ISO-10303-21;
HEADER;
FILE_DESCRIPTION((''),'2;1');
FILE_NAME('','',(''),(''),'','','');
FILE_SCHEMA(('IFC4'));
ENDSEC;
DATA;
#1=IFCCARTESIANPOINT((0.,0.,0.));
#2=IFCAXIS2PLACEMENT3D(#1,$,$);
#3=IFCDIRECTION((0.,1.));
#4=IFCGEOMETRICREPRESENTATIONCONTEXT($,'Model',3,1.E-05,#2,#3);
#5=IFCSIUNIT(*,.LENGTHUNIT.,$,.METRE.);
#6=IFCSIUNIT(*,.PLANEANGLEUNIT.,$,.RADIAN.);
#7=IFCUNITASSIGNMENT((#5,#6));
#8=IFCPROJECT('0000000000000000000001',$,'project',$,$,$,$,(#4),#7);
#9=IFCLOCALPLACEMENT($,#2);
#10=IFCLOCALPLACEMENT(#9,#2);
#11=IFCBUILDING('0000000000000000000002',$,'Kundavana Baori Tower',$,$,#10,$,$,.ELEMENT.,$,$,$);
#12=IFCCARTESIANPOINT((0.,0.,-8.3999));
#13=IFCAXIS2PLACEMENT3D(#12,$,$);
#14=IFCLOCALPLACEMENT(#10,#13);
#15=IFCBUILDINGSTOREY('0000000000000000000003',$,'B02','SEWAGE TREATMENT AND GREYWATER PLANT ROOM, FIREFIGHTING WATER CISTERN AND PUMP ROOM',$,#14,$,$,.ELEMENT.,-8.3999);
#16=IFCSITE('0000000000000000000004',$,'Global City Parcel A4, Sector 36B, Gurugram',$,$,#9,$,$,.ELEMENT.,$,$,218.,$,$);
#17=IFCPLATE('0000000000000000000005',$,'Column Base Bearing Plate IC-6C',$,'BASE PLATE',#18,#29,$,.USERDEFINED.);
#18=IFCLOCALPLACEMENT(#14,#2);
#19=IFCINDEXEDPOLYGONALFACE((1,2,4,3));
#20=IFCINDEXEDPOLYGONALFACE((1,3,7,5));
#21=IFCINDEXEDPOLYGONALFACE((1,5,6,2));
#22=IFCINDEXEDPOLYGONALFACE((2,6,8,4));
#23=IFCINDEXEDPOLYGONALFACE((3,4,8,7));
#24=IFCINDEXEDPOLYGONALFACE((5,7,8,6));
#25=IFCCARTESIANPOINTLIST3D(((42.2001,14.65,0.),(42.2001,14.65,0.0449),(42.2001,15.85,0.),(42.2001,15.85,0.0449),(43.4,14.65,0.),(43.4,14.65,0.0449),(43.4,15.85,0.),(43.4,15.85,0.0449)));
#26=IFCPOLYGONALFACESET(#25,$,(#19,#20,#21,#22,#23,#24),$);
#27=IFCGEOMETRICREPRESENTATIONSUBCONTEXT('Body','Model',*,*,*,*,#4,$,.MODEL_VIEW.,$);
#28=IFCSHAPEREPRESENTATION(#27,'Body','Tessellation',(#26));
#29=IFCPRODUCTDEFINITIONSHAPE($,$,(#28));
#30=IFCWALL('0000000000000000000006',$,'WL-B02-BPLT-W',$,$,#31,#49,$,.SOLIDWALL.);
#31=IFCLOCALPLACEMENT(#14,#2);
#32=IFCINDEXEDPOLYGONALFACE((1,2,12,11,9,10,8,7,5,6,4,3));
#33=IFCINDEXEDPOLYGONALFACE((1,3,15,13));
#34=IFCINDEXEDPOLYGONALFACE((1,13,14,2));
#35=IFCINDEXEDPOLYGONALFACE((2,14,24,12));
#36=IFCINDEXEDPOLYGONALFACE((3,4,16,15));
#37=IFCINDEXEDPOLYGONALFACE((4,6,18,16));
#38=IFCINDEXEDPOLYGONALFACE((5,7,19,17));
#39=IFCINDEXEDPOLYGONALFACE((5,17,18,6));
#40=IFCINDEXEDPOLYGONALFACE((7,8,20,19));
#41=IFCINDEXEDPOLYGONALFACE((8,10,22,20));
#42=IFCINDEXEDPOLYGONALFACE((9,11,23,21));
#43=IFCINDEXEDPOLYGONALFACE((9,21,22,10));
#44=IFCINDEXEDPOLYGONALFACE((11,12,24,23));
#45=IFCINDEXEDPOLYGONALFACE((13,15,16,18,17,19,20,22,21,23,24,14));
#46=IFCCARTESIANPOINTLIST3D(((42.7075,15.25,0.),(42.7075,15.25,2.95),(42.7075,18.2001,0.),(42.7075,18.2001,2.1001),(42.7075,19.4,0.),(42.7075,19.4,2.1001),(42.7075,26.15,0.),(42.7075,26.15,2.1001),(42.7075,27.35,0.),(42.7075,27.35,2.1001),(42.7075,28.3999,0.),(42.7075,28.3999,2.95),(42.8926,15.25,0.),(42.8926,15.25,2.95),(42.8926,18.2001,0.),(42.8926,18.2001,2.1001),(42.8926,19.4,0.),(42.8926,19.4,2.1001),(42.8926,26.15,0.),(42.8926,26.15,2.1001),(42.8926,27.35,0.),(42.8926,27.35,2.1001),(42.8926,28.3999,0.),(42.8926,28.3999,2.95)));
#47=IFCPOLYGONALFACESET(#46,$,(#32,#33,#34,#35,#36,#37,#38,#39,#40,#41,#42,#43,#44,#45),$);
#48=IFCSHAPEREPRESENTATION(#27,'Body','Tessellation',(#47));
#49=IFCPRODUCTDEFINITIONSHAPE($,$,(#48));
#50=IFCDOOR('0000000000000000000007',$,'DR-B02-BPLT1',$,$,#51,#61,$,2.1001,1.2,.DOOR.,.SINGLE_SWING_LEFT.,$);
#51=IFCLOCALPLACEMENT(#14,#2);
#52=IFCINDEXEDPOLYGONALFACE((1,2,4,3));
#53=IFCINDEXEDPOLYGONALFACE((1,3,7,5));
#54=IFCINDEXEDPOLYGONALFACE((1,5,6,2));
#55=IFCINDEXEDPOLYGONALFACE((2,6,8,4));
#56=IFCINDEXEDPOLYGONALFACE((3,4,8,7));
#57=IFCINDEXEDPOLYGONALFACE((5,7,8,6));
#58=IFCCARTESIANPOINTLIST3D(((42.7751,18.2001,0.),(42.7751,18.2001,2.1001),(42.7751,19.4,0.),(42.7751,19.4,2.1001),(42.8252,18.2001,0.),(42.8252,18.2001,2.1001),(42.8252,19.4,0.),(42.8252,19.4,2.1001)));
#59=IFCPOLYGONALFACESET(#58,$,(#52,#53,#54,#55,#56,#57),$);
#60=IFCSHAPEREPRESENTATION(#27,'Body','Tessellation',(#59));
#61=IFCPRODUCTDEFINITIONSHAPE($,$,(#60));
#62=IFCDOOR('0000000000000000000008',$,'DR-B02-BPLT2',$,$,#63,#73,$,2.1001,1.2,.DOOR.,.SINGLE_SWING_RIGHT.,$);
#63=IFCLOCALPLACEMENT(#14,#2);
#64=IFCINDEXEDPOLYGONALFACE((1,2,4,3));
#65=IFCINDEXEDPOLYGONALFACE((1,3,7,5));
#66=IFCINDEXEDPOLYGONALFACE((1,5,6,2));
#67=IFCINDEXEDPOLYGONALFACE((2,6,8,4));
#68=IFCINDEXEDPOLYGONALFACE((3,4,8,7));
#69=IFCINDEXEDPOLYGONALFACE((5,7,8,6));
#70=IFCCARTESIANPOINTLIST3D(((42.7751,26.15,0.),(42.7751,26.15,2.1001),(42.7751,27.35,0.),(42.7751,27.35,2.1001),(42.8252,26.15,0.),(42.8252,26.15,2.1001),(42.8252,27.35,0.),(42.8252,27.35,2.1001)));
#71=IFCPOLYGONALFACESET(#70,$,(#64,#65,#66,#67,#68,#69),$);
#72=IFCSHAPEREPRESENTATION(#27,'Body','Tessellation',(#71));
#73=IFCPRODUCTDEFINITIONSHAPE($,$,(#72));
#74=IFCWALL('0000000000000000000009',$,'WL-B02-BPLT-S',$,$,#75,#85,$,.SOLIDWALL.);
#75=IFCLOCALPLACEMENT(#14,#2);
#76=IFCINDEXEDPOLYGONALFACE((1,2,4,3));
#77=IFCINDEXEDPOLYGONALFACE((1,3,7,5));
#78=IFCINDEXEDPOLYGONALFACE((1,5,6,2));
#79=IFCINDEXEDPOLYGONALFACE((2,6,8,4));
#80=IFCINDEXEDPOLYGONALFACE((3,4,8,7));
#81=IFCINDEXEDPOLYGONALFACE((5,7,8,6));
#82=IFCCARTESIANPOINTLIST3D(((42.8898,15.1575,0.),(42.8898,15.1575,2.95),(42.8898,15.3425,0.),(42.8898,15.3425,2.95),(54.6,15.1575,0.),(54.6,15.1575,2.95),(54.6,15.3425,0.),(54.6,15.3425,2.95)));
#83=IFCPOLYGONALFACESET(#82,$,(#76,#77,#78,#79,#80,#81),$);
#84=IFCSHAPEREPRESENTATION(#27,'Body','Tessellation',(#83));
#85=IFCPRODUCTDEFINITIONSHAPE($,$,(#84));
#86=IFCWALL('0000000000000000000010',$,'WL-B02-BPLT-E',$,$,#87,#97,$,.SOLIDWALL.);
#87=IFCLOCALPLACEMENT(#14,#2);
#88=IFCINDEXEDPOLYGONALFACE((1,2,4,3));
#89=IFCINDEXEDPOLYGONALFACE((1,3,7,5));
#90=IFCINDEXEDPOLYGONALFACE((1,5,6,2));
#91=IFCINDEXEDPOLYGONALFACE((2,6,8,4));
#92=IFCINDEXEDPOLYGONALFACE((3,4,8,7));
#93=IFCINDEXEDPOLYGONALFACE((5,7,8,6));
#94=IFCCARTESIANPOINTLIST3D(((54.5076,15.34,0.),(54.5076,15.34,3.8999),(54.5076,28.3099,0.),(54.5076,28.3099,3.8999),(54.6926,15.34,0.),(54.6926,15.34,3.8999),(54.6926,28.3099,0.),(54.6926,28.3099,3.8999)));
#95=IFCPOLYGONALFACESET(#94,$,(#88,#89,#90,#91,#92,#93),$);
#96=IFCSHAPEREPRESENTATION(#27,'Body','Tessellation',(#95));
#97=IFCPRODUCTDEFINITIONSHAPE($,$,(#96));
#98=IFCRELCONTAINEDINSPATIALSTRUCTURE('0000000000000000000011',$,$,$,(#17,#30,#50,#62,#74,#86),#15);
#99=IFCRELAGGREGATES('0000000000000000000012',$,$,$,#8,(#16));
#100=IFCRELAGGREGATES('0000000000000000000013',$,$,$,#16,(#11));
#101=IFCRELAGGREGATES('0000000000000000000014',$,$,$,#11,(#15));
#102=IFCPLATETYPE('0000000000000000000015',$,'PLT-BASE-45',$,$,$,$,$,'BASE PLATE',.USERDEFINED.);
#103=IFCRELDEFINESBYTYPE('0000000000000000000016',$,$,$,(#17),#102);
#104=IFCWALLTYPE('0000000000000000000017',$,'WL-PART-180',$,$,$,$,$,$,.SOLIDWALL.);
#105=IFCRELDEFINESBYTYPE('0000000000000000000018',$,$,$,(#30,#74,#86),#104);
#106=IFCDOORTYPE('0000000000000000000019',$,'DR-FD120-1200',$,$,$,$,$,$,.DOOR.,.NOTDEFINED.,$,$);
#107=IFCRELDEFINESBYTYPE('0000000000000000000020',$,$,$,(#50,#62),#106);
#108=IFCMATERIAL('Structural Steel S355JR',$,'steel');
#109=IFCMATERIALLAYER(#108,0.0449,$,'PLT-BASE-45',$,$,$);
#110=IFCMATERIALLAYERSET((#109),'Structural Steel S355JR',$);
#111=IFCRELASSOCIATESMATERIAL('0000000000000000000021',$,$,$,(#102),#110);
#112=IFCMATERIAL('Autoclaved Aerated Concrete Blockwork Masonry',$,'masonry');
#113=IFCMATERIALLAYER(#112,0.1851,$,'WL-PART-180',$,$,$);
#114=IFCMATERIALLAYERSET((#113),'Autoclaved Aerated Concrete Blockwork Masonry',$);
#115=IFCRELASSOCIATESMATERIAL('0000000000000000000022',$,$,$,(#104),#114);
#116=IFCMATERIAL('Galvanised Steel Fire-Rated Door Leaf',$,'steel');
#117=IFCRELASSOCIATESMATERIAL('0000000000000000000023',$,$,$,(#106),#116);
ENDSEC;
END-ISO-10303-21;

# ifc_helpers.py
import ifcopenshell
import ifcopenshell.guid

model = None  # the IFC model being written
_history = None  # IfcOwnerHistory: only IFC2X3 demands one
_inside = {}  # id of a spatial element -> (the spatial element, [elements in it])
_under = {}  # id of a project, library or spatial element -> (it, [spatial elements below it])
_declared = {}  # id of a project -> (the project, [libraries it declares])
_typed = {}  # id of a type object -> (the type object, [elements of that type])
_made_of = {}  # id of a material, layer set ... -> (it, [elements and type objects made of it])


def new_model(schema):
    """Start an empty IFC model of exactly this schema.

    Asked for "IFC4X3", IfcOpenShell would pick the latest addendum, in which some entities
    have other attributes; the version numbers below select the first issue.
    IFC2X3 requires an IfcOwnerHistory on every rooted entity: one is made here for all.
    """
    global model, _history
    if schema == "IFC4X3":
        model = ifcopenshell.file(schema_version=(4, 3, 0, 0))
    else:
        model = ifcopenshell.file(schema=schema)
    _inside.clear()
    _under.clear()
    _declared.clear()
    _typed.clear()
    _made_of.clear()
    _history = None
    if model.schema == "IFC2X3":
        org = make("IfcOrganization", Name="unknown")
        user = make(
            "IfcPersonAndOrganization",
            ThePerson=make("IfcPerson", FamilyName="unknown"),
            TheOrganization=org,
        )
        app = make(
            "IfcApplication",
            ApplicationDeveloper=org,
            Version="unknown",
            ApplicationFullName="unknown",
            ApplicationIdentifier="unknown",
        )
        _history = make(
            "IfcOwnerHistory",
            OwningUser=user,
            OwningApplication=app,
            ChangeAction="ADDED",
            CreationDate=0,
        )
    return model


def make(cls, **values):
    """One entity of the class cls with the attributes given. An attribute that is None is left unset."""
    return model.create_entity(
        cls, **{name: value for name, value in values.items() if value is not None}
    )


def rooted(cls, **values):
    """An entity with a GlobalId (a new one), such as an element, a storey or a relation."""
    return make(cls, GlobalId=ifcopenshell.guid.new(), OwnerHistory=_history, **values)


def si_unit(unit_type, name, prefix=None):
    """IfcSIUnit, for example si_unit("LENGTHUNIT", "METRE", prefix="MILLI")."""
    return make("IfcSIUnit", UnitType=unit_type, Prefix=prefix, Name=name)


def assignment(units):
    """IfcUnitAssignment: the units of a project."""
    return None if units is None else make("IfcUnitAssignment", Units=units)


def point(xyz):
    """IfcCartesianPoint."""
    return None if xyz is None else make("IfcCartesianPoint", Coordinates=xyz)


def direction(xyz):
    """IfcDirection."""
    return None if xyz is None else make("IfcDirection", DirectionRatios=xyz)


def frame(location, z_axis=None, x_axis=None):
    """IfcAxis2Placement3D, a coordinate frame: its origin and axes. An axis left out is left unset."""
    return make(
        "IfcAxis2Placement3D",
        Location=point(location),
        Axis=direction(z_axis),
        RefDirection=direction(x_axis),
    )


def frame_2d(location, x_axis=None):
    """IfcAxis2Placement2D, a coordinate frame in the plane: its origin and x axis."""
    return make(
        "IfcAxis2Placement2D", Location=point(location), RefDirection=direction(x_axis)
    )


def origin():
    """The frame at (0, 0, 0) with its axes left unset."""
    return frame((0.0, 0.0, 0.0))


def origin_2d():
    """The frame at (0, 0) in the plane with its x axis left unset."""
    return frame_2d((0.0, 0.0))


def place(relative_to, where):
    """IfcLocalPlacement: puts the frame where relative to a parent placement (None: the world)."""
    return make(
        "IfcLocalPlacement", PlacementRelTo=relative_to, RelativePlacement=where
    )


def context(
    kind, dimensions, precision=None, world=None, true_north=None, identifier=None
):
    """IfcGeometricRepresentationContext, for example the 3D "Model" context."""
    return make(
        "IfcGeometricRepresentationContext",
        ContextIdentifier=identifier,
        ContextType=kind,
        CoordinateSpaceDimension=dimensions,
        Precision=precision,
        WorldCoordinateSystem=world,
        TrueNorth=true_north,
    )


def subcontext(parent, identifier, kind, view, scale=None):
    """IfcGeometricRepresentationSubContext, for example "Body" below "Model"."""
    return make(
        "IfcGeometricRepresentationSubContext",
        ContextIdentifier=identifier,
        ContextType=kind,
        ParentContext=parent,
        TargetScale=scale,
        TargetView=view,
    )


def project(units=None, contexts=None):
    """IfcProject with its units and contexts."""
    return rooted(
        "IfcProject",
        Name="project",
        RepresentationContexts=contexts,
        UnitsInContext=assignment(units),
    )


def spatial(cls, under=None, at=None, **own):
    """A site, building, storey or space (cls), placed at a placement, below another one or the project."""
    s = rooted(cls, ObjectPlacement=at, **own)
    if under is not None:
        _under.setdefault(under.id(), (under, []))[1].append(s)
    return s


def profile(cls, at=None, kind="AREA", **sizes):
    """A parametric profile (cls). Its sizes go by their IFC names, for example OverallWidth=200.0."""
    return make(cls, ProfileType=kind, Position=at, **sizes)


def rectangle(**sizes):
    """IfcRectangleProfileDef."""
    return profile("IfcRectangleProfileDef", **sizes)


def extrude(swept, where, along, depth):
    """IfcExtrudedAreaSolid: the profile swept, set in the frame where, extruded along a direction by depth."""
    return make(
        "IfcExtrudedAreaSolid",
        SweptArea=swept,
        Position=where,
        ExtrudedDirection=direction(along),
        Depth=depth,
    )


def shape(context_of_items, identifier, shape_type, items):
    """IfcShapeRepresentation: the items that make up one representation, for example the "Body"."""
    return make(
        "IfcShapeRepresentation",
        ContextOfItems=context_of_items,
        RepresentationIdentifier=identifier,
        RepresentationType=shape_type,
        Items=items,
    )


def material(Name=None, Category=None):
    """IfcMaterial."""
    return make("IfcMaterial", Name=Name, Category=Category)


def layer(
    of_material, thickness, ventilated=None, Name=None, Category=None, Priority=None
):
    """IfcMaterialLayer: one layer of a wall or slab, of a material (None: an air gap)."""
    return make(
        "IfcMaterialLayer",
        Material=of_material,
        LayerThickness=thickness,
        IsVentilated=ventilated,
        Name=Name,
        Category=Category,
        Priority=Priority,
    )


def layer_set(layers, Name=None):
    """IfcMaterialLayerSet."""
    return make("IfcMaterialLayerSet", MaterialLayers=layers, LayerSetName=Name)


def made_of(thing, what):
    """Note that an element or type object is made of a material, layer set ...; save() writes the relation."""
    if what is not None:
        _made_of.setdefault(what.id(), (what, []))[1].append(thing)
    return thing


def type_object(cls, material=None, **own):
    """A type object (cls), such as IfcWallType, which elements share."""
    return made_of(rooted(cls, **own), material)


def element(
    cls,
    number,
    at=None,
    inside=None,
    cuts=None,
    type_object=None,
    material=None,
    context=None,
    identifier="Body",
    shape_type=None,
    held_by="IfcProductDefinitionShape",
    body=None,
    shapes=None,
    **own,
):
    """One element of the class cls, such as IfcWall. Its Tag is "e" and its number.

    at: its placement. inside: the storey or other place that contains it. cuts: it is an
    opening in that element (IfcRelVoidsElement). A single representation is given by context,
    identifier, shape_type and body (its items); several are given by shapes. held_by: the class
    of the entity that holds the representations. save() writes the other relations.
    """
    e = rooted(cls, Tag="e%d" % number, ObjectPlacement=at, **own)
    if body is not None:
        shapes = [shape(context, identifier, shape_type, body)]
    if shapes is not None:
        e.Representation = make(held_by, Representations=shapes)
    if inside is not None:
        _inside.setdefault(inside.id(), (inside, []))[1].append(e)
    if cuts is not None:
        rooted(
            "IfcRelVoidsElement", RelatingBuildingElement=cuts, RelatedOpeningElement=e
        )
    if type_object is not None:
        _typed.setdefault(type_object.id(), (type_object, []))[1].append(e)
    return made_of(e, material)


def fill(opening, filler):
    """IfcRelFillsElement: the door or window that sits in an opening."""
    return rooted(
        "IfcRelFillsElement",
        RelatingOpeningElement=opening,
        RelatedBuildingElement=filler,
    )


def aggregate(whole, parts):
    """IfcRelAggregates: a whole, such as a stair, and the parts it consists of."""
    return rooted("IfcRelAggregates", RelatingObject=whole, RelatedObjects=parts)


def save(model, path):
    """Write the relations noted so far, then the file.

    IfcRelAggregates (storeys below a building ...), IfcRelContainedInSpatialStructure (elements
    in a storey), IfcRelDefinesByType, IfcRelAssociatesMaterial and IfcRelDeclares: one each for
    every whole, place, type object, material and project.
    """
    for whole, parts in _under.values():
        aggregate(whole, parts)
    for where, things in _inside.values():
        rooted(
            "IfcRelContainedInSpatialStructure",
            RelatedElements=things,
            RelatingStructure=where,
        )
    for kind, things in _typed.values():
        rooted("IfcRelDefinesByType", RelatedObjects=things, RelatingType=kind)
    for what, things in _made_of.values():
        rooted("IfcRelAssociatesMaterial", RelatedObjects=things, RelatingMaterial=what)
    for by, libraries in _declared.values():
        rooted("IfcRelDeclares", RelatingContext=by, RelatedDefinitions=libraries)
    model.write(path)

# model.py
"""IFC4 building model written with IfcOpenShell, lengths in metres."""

from ifc_helpers import new_model, si_unit, direction, frame, frame_2d, origin, origin_2d, place, context, subcontext, project, spatial, rectangle, extrude, material, layer, layer_set, type_object, element, fill, save


model = new_model("IFC4")

# Units and contexts
model_context = context("Model", 3, precision=1e-05, world=origin(), true_north=direction((0.0, 1.0)))
body_context = subcontext(model_context, "Body", "Model", "MODEL_VIEW")
ifc_project = project(units=[si_unit("LENGTHUNIT", "METRE"), si_unit("PLANEANGLEUNIT", "RADIAN")], contexts=[model_context])

# Site, building, storey
site_placement = place(None, origin())
site = spatial("IfcSite", under=ifc_project, at=site_placement, Name="Global City Parcel A4, Sector 36B, Gurugram", CompositionType="ELEMENT", RefElevation=218.0)
building_placement = place(site_placement, origin())
building = spatial("IfcBuilding", under=site, at=building_placement, Name="Kundavana Baori Tower", CompositionType="ELEMENT")
storey_placement = place(building_placement, frame((0.0, 0.0, -8.3999)))
storey = spatial("IfcBuildingStorey", under=building, at=storey_placement, Name="B02", Description="SEWAGE TREATMENT AND GREYWATER PLANT ROOM, FIREFIGHTING WATER CISTERN AND PUMP ROOM", CompositionType="ELEMENT", Elevation=-8.3999)

# Plate
ifc_material_1 = material(Name="Structural Steel S355JR", Category="steel")
ifc_layer_1 = layer(ifc_material_1, 0.0449, Name="PLT-BASE-45")
ifc_layer_set_1 = layer_set([ifc_layer_1], Name="Structural Steel S355JR")
plate_type = type_object("IfcPlateType", Name="PLT-BASE-45", ElementType="BASE PLATE", PredefinedType="USERDEFINED", material=ifc_layer_set_1)
plate_placement = place(storey_placement, frame((42.8, 15.25, 0.0), z_axis=(0.0, 0.0, 1.0), x_axis=(1.0, 0.0, 0.0)))
element("IfcPlate", 1, at=plate_placement, inside=storey, type_object=plate_type, Name="Column Base Bearing Plate IC-6C", ObjectType="BASE PLATE", PredefinedType="USERDEFINED", context=body_context, shape_type="SweptSolid", body=[
    extrude(rectangle(XDim=1.2, YDim=1.2, at=origin_2d()), origin(), (0.0, 0.0, 1.0), 0.0449),
])

# Wall, openings, doors
ifc_material_2 = material(Name="Autoclaved Aerated Concrete Blockwork Masonry", Category="masonry")
ifc_layer_2 = layer(ifc_material_2, 0.1851, Name="WL-PART-180")
ifc_layer_set_2 = layer_set([ifc_layer_2], Name="Autoclaved Aerated Concrete Blockwork Masonry")
wall_type = type_object("IfcWallType", Name="WL-PART-180", PredefinedType="SOLIDWALL", material=ifc_layer_set_2)
wall_1_placement = place(storey_placement, frame((42.8, 15.25, 0.0), z_axis=(0.0, 0.0, 1.0), x_axis=(0.0, 1.0, 0.0)))
wall_1 = element("IfcWall", 2, at=wall_1_placement, inside=storey, type_object=wall_type, Name="WL-B02-BPLT-W", PredefinedType="SOLIDWALL", context=body_context, shape_type="SweptSolid", body=[
    extrude(rectangle(XDim=13.1499, YDim=0.1851, at=frame_2d((6.575, 0.0))), origin(), (0.0, 0.0, 1.0), 2.95),
])
opening_1_placement = place(wall_1_placement, frame((2.95, 0.0, 0.0)))
opening_1 = element("IfcOpeningElement", 3, at=opening_1_placement, cuts=wall_1, PredefinedType="OPENING", context=body_context, shape_type="SweptSolid", body=[
    extrude(rectangle(XDim=1.2, YDim=2.1001, at=frame_2d((0.6001, 1.05))), frame((0.0, 0.1025, 0.0), z_axis=(0.0, -1.0, 0.0), x_axis=(1.0, 0.0, 0.0)), (0.0, 0.0, 1.0), 0.2051),
])
opening_2_placement = place(wall_1_placement, frame((10.8999, 0.0, 0.0)))
opening_2 = element("IfcOpeningElement", 4, at=opening_2_placement, cuts=wall_1, PredefinedType="OPENING", context=body_context, shape_type="SweptSolid", body=[
    extrude(rectangle(XDim=1.2, YDim=2.1001, at=frame_2d((0.6001, 1.05))), frame((0.0, 0.1025, 0.0), z_axis=(0.0, -1.0, 0.0), x_axis=(1.0, 0.0, 0.0)), (0.0, 0.0, 1.0), 0.2051),
])
ifc_material_3 = material(Name="Galvanised Steel Fire-Rated Door Leaf", Category="steel")
door_type = type_object("IfcDoorType", Name="DR-FD120-1200", OperationType="NOTDEFINED", PredefinedType="DOOR", material=ifc_material_3)
door_1_placement = place(opening_1_placement, origin())
door_1 = element("IfcDoor", 5, at=door_1_placement, inside=storey, type_object=door_type, Name="DR-B02-BPLT1", OperationType="SINGLE_SWING_LEFT", OverallHeight=2.1001, OverallWidth=1.2, PredefinedType="DOOR", context=body_context, shape_type="SweptSolid", body=[
    extrude(rectangle(XDim=1.2, YDim=2.1001, at=frame_2d((0.6001, 1.05))), frame((0.0, 0.0249, 0.0), z_axis=(0.0, -1.0, 0.0), x_axis=(1.0, 0.0, 0.0)), (0.0, 0.0, 1.0), 0.05),
])
fill(opening_1, door_1)
door_2_placement = place(opening_2_placement, origin())
door_2 = element("IfcDoor", 6, at=door_2_placement, inside=storey, type_object=door_type, Name="DR-B02-BPLT2", OperationType="SINGLE_SWING_RIGHT", OverallHeight=2.1001, OverallWidth=1.2, PredefinedType="DOOR", context=body_context, shape_type="SweptSolid", body=[
    extrude(rectangle(XDim=1.2, YDim=2.1001, at=frame_2d((0.6001, 1.05))), frame((0.0, 0.0249, 0.0), z_axis=(0.0, -1.0, 0.0), x_axis=(1.0, 0.0, 0.0)), (0.0, 0.0, 1.0), 0.05),
])
fill(opening_2, door_2)

# Walls
wall_2_placement = place(storey_placement, frame((42.8899, 15.25, 0.0), z_axis=(0.0, 0.0, 1.0), x_axis=(1.0, 0.0, 0.0)))
element("IfcWall", 7, at=wall_2_placement, inside=storey, type_object=wall_type, Name="WL-B02-BPLT-S", PredefinedType="SOLIDWALL", context=body_context, shape_type="SweptSolid", body=[
    extrude(rectangle(XDim=11.7102, YDim=0.1851, at=frame_2d((5.855, 0.0))), origin(), (0.0, 0.0, 1.0), 2.95),
])
wall_3_placement = place(storey_placement, frame((54.6001, 15.3401, 0.0), z_axis=(0.0, 0.0, 1.0), x_axis=(0.0, 1.0, 0.0)))
element("IfcWall", 8, at=wall_3_placement, inside=storey, type_object=wall_type, Name="WL-B02-BPLT-E", PredefinedType="SOLIDWALL", context=body_context, shape_type="SweptSolid", body=[
    extrude(rectangle(XDim=12.97, YDim=0.1851, at=frame_2d((6.4849, 0.0))), origin(), (0.0, 0.0, 1.0), 3.8999),
])

save(model, "model.ifc")
